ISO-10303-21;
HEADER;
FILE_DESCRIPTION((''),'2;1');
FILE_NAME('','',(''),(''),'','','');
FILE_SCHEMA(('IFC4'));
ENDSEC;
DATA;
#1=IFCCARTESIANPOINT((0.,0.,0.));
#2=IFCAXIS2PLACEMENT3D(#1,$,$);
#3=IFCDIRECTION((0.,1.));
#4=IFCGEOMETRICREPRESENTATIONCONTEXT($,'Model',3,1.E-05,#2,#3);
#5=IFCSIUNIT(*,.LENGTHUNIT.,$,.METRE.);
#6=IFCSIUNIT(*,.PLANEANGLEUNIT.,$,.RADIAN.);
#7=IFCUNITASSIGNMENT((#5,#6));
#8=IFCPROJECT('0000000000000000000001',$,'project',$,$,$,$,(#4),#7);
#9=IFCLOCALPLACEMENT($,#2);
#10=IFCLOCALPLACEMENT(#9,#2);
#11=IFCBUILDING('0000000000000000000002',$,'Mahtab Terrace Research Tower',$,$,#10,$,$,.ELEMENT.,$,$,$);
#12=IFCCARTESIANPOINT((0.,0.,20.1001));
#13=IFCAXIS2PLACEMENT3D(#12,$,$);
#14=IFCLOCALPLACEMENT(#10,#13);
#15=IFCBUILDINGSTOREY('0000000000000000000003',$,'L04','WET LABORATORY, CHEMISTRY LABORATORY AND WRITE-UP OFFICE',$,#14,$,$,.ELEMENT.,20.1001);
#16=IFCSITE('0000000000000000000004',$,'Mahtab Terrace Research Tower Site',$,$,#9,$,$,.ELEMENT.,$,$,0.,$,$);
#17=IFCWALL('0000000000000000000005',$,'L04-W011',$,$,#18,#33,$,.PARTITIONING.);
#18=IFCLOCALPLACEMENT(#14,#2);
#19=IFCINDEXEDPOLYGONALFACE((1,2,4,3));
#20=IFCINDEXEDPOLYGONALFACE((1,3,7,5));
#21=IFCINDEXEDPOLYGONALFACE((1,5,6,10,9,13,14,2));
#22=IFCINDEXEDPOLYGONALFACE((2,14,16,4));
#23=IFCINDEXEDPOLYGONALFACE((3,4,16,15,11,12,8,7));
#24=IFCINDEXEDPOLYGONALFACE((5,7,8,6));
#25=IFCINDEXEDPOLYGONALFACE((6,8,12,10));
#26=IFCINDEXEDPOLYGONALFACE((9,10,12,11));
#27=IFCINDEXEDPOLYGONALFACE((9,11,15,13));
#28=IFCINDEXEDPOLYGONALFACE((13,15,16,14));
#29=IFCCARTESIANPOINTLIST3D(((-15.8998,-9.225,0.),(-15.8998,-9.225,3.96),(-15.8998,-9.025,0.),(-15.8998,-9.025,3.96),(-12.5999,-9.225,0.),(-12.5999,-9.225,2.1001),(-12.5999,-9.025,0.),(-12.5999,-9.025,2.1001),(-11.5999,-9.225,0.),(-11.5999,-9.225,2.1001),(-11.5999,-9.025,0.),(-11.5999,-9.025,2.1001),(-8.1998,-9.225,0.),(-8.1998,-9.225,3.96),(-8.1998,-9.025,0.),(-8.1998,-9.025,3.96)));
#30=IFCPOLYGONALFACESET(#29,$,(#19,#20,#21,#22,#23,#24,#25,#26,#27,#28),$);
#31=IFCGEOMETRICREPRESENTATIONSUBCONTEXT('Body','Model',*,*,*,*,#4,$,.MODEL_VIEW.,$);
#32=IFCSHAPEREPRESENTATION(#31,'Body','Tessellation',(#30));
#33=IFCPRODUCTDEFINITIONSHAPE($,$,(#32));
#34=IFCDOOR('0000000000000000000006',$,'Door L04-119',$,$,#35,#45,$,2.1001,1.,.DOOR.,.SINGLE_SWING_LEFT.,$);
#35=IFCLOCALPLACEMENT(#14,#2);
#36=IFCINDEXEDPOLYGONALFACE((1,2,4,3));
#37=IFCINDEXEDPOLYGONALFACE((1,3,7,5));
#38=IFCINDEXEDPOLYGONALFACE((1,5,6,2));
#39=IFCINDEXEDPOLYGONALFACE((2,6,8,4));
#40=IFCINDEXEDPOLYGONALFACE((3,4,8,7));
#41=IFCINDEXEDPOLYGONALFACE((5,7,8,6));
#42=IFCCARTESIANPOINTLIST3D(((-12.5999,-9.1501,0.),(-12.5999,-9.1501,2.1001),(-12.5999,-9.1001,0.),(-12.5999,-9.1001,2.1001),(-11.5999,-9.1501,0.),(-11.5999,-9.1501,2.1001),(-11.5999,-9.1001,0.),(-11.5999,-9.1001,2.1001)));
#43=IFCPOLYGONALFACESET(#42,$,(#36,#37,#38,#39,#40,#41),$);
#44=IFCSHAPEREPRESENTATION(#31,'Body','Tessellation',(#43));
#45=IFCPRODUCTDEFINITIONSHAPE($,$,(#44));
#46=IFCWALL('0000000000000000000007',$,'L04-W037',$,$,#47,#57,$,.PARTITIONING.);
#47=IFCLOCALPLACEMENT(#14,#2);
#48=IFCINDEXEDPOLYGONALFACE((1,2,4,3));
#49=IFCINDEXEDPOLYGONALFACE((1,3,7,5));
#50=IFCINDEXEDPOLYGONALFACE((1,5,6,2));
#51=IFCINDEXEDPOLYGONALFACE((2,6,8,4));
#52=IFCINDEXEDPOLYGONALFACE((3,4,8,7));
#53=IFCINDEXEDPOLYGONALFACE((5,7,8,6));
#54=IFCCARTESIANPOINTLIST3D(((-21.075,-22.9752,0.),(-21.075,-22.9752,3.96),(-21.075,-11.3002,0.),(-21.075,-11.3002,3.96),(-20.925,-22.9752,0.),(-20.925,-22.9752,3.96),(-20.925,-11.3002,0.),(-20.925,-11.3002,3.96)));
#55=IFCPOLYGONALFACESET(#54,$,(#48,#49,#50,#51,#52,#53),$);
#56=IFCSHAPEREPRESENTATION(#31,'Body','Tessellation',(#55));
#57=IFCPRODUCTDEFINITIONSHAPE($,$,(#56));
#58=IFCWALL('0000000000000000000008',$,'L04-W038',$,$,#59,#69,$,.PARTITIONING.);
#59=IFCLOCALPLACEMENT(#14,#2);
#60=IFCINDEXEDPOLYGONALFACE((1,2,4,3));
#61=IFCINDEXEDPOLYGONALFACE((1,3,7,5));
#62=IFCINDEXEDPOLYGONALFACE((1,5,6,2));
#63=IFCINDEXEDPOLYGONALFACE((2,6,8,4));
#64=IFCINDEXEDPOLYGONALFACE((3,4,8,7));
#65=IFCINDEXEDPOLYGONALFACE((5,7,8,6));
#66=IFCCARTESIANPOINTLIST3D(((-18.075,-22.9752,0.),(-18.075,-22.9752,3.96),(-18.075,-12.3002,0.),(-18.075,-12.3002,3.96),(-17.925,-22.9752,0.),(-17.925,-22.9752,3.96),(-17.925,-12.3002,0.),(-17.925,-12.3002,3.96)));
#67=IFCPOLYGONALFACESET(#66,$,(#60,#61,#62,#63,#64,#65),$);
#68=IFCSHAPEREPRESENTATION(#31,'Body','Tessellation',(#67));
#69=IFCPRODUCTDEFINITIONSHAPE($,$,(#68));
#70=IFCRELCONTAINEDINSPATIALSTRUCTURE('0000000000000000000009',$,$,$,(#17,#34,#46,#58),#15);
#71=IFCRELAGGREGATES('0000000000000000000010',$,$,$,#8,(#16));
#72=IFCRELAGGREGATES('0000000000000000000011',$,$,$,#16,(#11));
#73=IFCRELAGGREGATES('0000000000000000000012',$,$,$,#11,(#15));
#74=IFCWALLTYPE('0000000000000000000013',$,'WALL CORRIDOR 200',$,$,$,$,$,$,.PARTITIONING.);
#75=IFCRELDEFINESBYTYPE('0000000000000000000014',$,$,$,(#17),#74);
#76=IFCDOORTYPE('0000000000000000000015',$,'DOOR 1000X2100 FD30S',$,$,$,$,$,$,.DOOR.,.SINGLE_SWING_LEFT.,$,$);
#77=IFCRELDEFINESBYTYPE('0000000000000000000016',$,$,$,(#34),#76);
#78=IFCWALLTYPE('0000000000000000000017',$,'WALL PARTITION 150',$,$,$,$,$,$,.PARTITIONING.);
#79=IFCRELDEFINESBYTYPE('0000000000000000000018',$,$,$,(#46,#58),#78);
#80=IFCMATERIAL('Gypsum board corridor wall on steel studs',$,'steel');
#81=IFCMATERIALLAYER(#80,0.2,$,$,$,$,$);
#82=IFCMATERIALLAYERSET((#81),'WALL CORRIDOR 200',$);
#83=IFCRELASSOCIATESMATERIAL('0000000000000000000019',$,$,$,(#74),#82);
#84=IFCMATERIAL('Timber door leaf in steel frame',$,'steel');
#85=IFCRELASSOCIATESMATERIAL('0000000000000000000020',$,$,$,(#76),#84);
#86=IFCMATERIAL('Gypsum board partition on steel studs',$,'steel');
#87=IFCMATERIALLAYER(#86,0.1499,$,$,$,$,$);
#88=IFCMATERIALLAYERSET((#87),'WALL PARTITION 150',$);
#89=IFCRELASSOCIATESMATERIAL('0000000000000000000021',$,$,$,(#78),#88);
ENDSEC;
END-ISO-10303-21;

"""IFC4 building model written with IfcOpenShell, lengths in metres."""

from ifc_helpers import new_model, si_unit, direction, frame, frame_2d, origin, place, context, subcontext, project, spatial, rectangle, extrude, material, layer, layer_set, type_object, element, fill, save


model = new_model("IFC4")

# Units and contexts
model_context = context("Model", 3, precision=1e-05, world=origin(), true_north=direction((0.0, 1.0)))
body_context = subcontext(model_context, "Body", "Model", "MODEL_VIEW")
ifc_project = project(units=[si_unit("LENGTHUNIT", "METRE"), si_unit("PLANEANGLEUNIT", "RADIAN")], contexts=[model_context])

# Site, building, storey
site_placement = place(None, origin())
site = spatial("IfcSite", under=ifc_project, at=site_placement, Name="Mahtab Terrace Research Tower Site", CompositionType="ELEMENT", RefElevation=0.0)
building_placement = place(site_placement, origin())
building = spatial("IfcBuilding", under=site, at=building_placement, Name="Mahtab Terrace Research Tower", CompositionType="ELEMENT")
storey_placement = place(building_placement, frame((0.0, 0.0, 20.1001)))
storey = spatial("IfcBuildingStorey", under=building, at=storey_placement, Name="L04", Description="WET LABORATORY, CHEMISTRY LABORATORY AND WRITE-UP OFFICE", CompositionType="ELEMENT", Elevation=20.1001)

# Shared definitions
ifc_material_1 = material(Name="Gypsum board corridor wall on steel studs", Category="steel")
ifc_layer_1 = layer(ifc_material_1, 0.2)
ifc_layer_set_1 = layer_set([ifc_layer_1], Name="WALL CORRIDOR 200")
wall_type_1 = type_object("IfcWallType", Name="WALL CORRIDOR 200", PredefinedType="PARTITIONING", material=ifc_layer_set_1)
ifc_material_2 = material(Name="Timber door leaf in steel frame", Category="steel")
door_type_1 = type_object("IfcDoorType", Name="DOOR 1000X2100 FD30S", OperationType="SINGLE_SWING_LEFT", PredefinedType="DOOR", material=ifc_material_2)

# Wall, opening, door
wall_1_placement = place(storey_placement, frame((-15.8999, -9.125, 0.0), z_axis=(0.0, 0.0, 1.0), x_axis=(1.0, 0.0, 0.0)))
wall_1 = element("IfcWall", 1, at=wall_1_placement, inside=storey, type_object=wall_type_1, Name="L04-W011", PredefinedType="PARTITIONING", context=body_context, shape_type="SweptSolid", body=[
    extrude(rectangle(XDim=7.7, YDim=0.2, at=frame_2d((3.8501, 0.0))), origin(), (0.0, 0.0, 1.0), 3.96),
])
opening_1_placement = place(wall_1_placement, frame((3.3, 0.0, 0.0)))
opening_1 = element("IfcOpeningElement", 2, at=opening_1_placement, cuts=wall_1, PredefinedType="OPENING", context=body_context, shape_type="SweptSolid", body=[
    extrude(rectangle(XDim=1.0, YDim=2.1001, at=frame_2d((0.5, 1.05))), frame((0.0, 0.1099, 0.0), z_axis=(0.0, -1.0, 0.0), x_axis=(1.0, 0.0, 0.0)), (0.0, 0.0, 1.0), 0.22),
])
door_1_placement = place(opening_1_placement, origin())
door_1 = element("IfcDoor", 3, at=door_1_placement, inside=storey, type_object=door_type_1, Name="Door L04-119", OperationType="SINGLE_SWING_LEFT", OverallHeight=2.1001, OverallWidth=1.0, PredefinedType="DOOR", context=body_context, shape_type="SweptSolid", body=[
    extrude(rectangle(XDim=1.0, YDim=2.1001, at=frame_2d((0.5, 1.05))), frame((0.0, 0.0249, 0.0), z_axis=(0.0, -1.0, 0.0), x_axis=(1.0, 0.0, 0.0)), (0.0, 0.0, 1.0), 0.05),
])
fill(opening_1, door_1)

# Walls
ifc_material_3 = material(Name="Gypsum board partition on steel studs", Category="steel")
ifc_layer_2 = layer(ifc_material_3, 0.1499)
ifc_layer_set_2 = layer_set([ifc_layer_2], Name="WALL PARTITION 150")
wall_type_2 = type_object("IfcWallType", Name="WALL PARTITION 150", PredefinedType="PARTITIONING", material=ifc_layer_set_2)
wall_2_placement = place(storey_placement, frame((-21.0, -22.9751, 0.0), z_axis=(0.0, 0.0, 1.0), x_axis=(0.0, 1.0, 0.0)))
element("IfcWall", 4, at=wall_2_placement, inside=storey, type_object=wall_type_2, Name="L04-W037", PredefinedType="PARTITIONING", context=body_context, shape_type="SweptSolid", body=[
    extrude(rectangle(XDim=11.675, YDim=0.1499, at=frame_2d((5.8374, 0.0))), origin(), (0.0, 0.0, 1.0), 3.96),
])
wall_3_placement = place(storey_placement, frame((-18.0, -22.9751, 0.0), z_axis=(0.0, 0.0, 1.0), x_axis=(0.0, 1.0, 0.0)))
element("IfcWall", 5, at=wall_3_placement, inside=storey, type_object=wall_type_2, Name="L04-W038", PredefinedType="PARTITIONING", context=body_context, shape_type="SweptSolid", body=[
    extrude(rectangle(XDim=10.675, YDim=0.1499, at=frame_2d((5.3374, 0.0))), origin(), (0.0, 0.0, 1.0), 3.96),
])

save(model, "model.ifc")
